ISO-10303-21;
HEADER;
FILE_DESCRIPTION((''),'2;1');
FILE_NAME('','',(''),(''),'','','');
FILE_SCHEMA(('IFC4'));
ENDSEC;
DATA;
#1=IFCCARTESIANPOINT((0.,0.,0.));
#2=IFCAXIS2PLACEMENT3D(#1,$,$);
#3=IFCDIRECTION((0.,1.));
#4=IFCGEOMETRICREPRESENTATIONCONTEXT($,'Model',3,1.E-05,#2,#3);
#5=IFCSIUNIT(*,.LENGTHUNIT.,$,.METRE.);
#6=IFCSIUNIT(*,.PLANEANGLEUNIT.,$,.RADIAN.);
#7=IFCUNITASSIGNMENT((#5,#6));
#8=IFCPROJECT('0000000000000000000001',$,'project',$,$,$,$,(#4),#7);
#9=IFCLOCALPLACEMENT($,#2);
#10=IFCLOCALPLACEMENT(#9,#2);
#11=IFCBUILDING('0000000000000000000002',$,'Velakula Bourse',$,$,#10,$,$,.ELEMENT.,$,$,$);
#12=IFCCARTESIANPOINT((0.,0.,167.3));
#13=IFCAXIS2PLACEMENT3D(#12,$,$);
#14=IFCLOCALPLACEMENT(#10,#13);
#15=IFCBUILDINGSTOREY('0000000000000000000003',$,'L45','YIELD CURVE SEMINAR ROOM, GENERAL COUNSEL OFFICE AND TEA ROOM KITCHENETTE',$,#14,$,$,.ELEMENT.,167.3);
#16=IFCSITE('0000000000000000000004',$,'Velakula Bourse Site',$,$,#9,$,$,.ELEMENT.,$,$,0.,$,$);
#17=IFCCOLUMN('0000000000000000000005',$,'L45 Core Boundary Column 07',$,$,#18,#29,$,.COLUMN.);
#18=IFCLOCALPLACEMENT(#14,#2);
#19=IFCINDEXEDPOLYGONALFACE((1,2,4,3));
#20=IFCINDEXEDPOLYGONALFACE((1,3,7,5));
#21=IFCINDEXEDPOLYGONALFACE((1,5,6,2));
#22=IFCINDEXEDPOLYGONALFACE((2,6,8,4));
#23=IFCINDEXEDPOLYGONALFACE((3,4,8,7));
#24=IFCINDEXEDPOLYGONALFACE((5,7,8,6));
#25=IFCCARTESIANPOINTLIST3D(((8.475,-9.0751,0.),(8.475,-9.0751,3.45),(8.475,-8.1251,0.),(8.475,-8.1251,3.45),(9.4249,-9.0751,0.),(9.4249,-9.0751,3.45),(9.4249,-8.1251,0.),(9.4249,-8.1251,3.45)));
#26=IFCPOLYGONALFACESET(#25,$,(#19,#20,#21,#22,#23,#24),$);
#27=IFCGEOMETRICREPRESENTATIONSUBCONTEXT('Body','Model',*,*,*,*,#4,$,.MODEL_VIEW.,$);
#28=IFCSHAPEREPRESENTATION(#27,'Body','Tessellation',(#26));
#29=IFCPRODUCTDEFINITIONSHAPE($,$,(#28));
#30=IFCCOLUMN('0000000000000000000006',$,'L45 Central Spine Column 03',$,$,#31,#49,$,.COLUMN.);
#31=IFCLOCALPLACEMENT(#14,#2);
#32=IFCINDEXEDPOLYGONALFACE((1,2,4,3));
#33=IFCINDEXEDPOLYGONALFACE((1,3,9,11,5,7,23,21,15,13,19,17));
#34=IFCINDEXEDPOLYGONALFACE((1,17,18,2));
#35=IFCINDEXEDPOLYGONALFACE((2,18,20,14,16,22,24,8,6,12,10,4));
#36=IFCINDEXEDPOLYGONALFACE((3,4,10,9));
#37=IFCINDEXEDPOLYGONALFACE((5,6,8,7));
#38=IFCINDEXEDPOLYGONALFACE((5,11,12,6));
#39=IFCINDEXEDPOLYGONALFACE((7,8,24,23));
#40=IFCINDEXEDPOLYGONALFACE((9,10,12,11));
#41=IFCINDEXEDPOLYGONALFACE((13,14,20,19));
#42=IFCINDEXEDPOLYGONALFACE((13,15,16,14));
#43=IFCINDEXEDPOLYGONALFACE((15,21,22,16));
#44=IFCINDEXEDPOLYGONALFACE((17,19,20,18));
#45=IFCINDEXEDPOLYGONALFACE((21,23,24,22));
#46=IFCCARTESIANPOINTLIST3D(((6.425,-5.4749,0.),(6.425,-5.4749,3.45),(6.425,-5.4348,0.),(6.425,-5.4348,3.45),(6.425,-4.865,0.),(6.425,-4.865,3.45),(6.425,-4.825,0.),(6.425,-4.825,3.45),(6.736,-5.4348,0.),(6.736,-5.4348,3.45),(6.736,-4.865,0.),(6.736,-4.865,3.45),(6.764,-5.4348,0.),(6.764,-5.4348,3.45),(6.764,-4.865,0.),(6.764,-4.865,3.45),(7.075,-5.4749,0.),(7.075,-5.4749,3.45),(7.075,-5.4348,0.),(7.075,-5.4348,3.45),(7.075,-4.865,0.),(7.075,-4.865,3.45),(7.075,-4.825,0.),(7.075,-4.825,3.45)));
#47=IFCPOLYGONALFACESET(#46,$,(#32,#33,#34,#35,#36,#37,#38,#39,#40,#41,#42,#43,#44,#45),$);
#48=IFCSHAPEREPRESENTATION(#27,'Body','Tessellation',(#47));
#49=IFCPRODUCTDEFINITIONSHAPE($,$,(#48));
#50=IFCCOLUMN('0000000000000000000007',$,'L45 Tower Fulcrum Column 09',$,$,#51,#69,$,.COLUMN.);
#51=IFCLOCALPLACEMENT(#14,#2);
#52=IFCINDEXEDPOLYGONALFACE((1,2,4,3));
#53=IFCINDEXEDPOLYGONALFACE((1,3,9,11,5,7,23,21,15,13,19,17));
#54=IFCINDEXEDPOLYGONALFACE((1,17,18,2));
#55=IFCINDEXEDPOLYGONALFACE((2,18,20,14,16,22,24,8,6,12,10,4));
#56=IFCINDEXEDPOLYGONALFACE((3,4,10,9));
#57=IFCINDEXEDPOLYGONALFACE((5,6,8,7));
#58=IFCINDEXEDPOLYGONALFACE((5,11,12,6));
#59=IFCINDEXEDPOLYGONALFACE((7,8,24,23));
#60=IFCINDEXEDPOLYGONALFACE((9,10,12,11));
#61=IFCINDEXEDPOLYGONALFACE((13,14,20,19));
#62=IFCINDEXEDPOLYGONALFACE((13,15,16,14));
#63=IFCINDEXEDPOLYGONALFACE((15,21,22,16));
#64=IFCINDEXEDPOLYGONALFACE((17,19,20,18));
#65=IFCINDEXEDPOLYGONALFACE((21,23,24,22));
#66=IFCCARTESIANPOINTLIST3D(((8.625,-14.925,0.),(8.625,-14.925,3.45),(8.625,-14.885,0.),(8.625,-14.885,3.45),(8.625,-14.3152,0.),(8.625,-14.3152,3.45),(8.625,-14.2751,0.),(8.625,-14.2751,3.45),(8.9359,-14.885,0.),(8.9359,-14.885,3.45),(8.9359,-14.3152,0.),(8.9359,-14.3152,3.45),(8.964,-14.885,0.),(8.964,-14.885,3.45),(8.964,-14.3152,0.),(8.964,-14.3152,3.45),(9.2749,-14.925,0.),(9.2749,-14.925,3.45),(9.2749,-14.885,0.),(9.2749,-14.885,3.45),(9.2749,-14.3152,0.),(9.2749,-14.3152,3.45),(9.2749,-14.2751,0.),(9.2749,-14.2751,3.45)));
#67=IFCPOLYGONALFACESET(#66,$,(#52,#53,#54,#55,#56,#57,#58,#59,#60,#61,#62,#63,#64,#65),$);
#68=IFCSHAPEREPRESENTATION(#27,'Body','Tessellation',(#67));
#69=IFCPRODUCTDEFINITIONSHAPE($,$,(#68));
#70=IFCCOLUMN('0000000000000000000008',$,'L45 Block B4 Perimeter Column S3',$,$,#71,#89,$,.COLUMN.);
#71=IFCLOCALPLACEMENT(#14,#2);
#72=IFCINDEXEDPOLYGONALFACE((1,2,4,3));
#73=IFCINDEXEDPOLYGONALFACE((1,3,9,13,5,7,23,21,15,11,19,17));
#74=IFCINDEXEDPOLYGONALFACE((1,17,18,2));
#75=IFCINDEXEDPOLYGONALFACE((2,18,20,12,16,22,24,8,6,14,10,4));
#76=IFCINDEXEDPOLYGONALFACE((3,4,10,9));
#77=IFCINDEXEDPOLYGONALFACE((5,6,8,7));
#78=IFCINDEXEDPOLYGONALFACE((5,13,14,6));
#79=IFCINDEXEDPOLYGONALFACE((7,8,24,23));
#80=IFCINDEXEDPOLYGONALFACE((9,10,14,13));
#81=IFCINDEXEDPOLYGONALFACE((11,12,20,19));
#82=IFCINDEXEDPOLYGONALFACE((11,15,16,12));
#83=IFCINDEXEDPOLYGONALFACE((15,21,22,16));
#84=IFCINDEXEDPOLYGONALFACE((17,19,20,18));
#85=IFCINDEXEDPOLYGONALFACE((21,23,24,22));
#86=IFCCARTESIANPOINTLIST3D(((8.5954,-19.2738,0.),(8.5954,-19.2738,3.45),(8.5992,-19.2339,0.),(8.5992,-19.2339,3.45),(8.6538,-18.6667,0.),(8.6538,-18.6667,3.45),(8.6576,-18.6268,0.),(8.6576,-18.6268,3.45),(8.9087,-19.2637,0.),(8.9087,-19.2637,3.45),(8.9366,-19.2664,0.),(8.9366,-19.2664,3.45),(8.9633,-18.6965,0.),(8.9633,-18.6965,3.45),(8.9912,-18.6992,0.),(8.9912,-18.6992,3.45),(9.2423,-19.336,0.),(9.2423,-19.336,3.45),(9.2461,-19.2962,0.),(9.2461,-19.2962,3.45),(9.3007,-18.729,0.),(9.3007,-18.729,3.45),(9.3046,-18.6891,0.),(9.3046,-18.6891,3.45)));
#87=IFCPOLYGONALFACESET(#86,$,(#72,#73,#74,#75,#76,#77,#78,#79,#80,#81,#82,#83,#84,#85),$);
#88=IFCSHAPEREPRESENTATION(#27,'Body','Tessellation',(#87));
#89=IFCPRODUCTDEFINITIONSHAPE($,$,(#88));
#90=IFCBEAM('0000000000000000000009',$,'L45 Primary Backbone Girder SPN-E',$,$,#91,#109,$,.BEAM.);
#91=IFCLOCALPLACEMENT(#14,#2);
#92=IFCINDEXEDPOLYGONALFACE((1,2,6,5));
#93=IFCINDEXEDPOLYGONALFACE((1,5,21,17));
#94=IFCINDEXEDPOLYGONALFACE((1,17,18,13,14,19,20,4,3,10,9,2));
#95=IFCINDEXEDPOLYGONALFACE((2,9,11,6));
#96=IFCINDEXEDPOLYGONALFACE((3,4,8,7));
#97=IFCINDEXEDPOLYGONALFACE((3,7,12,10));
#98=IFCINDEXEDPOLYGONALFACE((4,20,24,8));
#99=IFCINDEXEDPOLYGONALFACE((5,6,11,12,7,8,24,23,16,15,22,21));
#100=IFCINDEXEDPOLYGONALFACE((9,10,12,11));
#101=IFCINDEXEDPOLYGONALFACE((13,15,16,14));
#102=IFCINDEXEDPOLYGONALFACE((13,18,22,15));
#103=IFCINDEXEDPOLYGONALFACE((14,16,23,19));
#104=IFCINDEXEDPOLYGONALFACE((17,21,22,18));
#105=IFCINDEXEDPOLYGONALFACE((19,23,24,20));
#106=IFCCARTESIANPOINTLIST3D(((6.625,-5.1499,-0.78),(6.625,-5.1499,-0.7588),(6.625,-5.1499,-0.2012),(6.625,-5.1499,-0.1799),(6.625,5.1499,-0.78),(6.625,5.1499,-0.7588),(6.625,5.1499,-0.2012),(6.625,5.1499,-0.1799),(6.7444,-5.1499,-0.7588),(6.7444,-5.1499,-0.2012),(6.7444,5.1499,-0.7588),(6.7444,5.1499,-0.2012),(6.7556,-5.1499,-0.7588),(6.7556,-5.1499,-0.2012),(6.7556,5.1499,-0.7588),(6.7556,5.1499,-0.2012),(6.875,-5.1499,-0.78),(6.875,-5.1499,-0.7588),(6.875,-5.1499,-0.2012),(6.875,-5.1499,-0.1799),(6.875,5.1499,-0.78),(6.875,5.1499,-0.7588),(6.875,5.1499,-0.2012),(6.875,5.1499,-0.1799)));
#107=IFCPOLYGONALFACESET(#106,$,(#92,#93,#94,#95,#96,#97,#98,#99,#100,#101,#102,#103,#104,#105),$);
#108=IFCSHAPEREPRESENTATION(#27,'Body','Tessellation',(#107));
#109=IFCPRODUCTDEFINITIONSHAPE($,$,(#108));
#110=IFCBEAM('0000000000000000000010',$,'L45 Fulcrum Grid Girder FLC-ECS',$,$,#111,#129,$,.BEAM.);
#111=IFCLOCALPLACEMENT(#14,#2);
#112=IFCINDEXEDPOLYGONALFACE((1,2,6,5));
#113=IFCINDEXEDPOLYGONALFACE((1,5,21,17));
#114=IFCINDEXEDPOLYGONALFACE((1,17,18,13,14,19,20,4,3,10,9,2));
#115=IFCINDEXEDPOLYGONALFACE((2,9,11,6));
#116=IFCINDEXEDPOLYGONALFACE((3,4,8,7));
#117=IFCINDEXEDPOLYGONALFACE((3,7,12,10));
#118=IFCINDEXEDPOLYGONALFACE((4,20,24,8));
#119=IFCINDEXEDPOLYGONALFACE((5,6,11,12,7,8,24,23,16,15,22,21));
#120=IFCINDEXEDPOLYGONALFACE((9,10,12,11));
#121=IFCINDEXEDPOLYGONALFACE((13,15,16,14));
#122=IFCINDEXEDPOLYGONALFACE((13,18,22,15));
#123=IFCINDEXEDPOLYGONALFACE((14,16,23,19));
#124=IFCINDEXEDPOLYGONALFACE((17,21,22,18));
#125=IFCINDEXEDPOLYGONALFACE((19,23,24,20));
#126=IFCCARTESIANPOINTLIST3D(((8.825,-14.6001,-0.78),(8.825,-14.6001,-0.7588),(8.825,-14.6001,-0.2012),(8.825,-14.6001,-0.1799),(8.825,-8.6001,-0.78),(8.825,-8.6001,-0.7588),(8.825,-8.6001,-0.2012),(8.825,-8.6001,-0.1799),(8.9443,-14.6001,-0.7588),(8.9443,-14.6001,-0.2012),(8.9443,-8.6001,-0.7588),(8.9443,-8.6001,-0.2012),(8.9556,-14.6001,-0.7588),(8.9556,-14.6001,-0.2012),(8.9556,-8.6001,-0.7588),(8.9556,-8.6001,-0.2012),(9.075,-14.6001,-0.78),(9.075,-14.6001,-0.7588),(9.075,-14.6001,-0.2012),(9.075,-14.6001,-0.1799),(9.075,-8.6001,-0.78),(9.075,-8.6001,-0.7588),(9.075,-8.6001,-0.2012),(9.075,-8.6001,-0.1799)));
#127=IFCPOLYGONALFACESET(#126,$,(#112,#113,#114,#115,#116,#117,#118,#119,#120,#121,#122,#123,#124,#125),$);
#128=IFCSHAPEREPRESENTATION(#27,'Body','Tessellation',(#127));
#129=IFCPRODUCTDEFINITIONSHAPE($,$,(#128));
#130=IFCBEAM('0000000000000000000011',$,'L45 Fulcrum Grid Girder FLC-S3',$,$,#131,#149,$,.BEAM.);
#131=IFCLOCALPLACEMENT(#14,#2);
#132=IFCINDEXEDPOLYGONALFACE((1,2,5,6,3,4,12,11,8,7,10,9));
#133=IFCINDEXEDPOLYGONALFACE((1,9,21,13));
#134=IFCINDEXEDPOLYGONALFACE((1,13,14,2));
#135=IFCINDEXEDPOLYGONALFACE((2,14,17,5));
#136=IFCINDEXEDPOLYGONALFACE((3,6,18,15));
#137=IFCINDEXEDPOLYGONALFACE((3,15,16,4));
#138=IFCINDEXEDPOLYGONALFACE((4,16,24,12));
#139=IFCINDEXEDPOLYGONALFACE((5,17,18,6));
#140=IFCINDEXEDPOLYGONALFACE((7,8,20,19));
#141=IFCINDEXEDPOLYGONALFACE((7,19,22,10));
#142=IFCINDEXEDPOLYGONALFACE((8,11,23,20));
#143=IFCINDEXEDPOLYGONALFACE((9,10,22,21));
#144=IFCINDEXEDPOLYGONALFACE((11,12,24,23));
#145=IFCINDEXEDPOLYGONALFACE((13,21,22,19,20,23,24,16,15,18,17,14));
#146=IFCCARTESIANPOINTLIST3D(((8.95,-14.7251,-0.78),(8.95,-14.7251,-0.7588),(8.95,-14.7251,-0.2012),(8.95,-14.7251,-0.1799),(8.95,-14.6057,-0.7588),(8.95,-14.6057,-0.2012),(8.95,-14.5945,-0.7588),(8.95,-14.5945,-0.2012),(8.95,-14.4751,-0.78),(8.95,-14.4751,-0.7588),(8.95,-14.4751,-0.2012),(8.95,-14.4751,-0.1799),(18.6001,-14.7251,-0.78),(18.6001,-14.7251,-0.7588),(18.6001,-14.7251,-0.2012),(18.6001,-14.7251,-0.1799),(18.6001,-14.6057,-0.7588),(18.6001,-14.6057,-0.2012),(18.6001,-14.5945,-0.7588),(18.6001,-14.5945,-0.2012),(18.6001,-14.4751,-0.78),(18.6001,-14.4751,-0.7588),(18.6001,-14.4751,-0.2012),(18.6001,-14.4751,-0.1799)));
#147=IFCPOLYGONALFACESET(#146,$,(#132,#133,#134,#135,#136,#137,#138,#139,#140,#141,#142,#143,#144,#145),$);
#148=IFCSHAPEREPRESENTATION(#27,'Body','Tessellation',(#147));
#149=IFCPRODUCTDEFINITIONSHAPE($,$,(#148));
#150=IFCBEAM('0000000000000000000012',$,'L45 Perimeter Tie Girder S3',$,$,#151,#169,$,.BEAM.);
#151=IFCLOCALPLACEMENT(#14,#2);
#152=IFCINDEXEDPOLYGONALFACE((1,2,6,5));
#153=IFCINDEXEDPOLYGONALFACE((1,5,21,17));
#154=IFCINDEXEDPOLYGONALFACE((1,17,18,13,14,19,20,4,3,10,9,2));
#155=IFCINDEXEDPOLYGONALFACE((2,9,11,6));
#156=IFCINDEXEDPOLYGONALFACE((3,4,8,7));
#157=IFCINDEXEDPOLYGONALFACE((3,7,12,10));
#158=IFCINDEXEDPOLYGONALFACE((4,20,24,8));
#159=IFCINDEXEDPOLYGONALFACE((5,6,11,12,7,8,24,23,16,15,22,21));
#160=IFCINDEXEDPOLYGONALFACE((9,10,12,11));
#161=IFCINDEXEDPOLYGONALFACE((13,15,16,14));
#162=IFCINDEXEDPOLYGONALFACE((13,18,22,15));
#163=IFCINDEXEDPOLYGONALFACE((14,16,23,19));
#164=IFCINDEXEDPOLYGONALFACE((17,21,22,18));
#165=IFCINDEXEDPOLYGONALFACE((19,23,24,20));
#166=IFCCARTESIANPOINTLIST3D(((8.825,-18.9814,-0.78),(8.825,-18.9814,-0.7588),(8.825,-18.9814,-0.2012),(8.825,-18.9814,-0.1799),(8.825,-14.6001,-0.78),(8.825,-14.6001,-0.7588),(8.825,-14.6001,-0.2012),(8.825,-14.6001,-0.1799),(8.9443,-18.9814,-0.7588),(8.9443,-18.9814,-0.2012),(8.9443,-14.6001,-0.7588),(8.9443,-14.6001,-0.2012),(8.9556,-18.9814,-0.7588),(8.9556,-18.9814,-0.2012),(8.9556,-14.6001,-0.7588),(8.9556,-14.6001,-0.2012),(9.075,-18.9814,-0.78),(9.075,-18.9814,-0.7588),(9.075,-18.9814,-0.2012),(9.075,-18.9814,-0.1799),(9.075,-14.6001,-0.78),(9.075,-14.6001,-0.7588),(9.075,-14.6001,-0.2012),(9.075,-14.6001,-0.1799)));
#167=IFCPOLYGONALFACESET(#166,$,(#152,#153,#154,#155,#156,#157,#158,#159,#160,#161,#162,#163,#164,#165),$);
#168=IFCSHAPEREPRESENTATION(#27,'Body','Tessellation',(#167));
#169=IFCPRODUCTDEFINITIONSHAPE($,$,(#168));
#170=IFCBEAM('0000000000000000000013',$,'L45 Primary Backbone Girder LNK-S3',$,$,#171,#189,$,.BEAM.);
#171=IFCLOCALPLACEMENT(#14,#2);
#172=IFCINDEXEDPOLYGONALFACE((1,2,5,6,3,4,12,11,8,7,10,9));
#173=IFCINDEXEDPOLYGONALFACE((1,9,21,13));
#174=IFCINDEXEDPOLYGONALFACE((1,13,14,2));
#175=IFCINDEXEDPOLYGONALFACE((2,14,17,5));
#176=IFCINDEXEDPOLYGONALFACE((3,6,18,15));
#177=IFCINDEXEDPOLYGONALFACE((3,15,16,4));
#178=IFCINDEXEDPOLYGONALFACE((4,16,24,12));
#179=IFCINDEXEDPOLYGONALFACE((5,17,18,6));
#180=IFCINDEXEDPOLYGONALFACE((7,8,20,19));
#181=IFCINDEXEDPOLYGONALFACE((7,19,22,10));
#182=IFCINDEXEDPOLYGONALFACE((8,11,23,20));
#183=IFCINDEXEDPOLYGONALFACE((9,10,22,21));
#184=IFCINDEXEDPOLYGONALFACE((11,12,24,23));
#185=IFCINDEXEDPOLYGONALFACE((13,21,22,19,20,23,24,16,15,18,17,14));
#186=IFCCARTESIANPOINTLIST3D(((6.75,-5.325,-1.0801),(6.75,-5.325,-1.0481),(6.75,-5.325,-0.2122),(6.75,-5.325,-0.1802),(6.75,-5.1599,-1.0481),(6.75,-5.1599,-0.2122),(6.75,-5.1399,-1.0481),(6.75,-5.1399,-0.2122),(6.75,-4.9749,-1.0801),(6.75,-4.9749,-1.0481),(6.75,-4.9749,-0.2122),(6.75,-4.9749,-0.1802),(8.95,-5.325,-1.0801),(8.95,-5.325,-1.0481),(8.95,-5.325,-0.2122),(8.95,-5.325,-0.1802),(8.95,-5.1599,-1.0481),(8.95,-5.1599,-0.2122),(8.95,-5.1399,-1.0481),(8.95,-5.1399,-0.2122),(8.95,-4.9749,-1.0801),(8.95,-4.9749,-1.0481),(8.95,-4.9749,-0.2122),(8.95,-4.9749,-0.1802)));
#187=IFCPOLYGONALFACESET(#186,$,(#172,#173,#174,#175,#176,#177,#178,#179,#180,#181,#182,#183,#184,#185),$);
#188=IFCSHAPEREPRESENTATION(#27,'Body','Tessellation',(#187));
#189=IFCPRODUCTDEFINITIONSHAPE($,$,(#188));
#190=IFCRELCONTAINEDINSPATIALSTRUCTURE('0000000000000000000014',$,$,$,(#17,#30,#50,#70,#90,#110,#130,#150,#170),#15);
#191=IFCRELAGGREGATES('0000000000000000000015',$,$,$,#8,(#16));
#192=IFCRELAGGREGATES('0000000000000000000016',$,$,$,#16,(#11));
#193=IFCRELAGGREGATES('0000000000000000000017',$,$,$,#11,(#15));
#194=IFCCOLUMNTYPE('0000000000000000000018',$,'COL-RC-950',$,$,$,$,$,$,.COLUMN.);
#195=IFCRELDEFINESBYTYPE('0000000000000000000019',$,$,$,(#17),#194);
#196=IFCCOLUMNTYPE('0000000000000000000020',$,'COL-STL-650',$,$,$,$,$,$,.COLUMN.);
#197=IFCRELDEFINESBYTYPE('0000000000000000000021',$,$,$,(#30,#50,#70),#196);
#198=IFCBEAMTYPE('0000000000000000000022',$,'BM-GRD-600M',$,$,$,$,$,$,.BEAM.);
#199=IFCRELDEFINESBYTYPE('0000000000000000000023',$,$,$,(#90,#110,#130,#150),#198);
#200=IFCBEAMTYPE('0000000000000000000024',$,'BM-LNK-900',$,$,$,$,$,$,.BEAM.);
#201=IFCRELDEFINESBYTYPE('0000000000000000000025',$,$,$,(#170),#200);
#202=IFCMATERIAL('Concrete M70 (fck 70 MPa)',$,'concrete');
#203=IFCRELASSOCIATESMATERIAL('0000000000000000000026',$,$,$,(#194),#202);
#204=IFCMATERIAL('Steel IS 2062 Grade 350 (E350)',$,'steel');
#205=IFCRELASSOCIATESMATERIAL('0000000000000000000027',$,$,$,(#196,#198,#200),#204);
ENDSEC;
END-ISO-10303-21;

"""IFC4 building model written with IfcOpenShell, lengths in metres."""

from ifc_helpers import new_model, si_unit, direction, frame, origin, origin_2d, place, context, subcontext, project, spatial, rectangle, i_section, extrude, material, material_profile, profile_set, type_object, element, save


model = new_model("IFC4")

# Units and contexts
model_context = context("Model", 3, precision=1e-05, world=origin(), true_north=direction((0.0, 1.0)))
body_context = subcontext(model_context, "Body", "Model", "MODEL_VIEW")
ifc_project = project(units=[si_unit("LENGTHUNIT", "METRE"), si_unit("PLANEANGLEUNIT", "RADIAN")], contexts=[model_context])

# Site, building, storey
site_placement = place(None, origin())
site = spatial("IfcSite", under=ifc_project, at=site_placement, Name="Velakula Bourse Site", CompositionType="ELEMENT", RefElevation=0.0)
building_placement = place(site_placement, origin())
building = spatial("IfcBuilding", under=site, at=building_placement, Name="Velakula Bourse", CompositionType="ELEMENT")
storey_placement = place(building_placement, frame((0.0, 0.0, 167.3)))
storey = spatial("IfcBuildingStorey", under=building, at=storey_placement, Name="L45", Description="YIELD CURVE SEMINAR ROOM, GENERAL COUNSEL OFFICE AND TEA ROOM KITCHENETTE", CompositionType="ELEMENT", Elevation=167.3)

# Columns
ifc_material_1 = material(Name="Concrete M70 (fck 70 MPa)", Category="concrete")
ifc_material_profile_1 = material_profile(ifc_material_1, rectangle(XDim=0.95, YDim=0.95, at=origin_2d()), Name="Concrete M70 (fck 70 MPa)")
ifc_profile_set_1 = profile_set([ifc_material_profile_1], Name="Concrete M70 (fck 70 MPa)")
column_type_1 = type_object("IfcColumnType", Name="COL-RC-950", PredefinedType="COLUMN", material=ifc_profile_set_1)
column_placement = place(storey_placement, frame((8.95, -8.6001, 0.0), z_axis=(0.0, 0.0, 1.0), x_axis=(1.0, 0.0, 0.0)))
element("IfcColumn", 1, at=column_placement, inside=storey, type_object=column_type_1, Name="L45 Core Boundary Column 07", PredefinedType="COLUMN", context=body_context, shape_type="SweptSolid", body=[
    extrude(rectangle(XDim=0.95, YDim=0.95, at=origin_2d()), origin(), (0.0, 0.0, 1.0), 3.45),
])
ifc_material_2 = material(Name="Steel IS 2062 Grade 350 (E350)", Category="steel")
ifc_material_profile_2 = material_profile(ifc_material_2, i_section(OverallWidth=0.6499, OverallDepth=0.6499, WebThickness=0.0281, FlangeThickness=0.04, at=origin_2d()), Name="Steel IS 2062 Grade 350 (E350)")
ifc_profile_set_2 = profile_set([ifc_material_profile_2], Name="Steel IS 2062 Grade 350 (E350)")
column_type_2 = type_object("IfcColumnType", Name="COL-STL-650", PredefinedType="COLUMN", material=ifc_profile_set_2)
for number, where, z_axis, x_axis, name in (
    (2, (6.75, -5.1499, 0.0), (0.0, 0.0, 1.0), (1.0, 0.0, 0.0), "L45 Central Spine Column 03"),
    (3, (8.95, -14.6001, 0.0), (0.0, 0.0, 1.0), (1.0, 0.0, 0.0), "L45 Tower Fulcrum Column 09"),
    (4, (8.95, -18.9814, 0.0), (0.0, 0.0, 1.0), (0.995396, -0.095846, 0.0), "L45 Block B4 Perimeter Column S3"),
):
    element("IfcColumn", number, at=place(storey_placement, frame(where, z_axis=z_axis, x_axis=x_axis)), inside=storey, type_object=column_type_2, Name=name, PredefinedType="COLUMN", context=body_context, shape_type="SweptSolid", body=[
        extrude(i_section(OverallWidth=0.6499, OverallDepth=0.6499, WebThickness=0.0281, FlangeThickness=0.04, at=origin_2d()), origin(), (0.0, 0.0, 1.0), 3.45),
    ])

# Beams
ifc_material_profile_3 = material_profile(ifc_material_2, i_section(OverallWidth=0.25, OverallDepth=0.6001, WebThickness=0.0112, FlangeThickness=0.0212, at=origin_2d()), Name="Steel IS 2062 Grade 350 (E350)")
ifc_profile_set_3 = profile_set([ifc_material_profile_3], Name="Steel IS 2062 Grade 350 (E350)")
beam_type_1 = type_object("IfcBeamType", Name="BM-GRD-600M", PredefinedType="BEAM", material=ifc_profile_set_3)
beam_1_placement = place(storey_placement, frame((6.75, -5.1499, -0.48), z_axis=(0.0, 1.0, 0.0), x_axis=(-1.0, 0.0, 0.0)))
element("IfcBeam", 5, at=beam_1_placement, inside=storey, type_object=beam_type_1, Name="L45 Primary Backbone Girder SPN-E", PredefinedType="BEAM", context=body_context, shape_type="SweptSolid", body=[
    extrude(i_section(OverallWidth=0.25, OverallDepth=0.6001, WebThickness=0.0112, FlangeThickness=0.0212, at=origin_2d()), origin(), (0.0, 0.0, 1.0), 10.2998),
])
beam_2_placement = place(storey_placement, frame((8.95, -14.6001, -0.48), z_axis=(0.0, 1.0, 0.0), x_axis=(-1.0, 0.0, 0.0)))
element("IfcBeam", 6, at=beam_2_placement, inside=storey, type_object=beam_type_1, Name="L45 Fulcrum Grid Girder FLC-ECS", PredefinedType="BEAM", context=body_context, shape_type="SweptSolid", body=[
    extrude(i_section(OverallWidth=0.25, OverallDepth=0.6001, WebThickness=0.0112, FlangeThickness=0.0212, at=origin_2d()), origin(), (0.0, 0.0, 1.0), 6.0),
])
beam_3_placement = place(storey_placement, frame((8.95, -14.6001, -0.48), z_axis=(1.0, 0.0, 0.0), x_axis=(0.0, 1.0, 0.0)))
element("IfcBeam", 7, at=beam_3_placement, inside=storey, type_object=beam_type_1, Name="L45 Fulcrum Grid Girder FLC-S3", PredefinedType="BEAM", context=body_context, shape_type="SweptSolid", body=[
    extrude(i_section(OverallWidth=0.25, OverallDepth=0.6001, WebThickness=0.0112, FlangeThickness=0.0212, at=origin_2d()), origin(), (0.0, 0.0, 1.0), 9.6501),
])
beam_4_placement = place(storey_placement, frame((8.95, -14.6001, -0.48), z_axis=(0.0, -1.0, 0.0), x_axis=(1.0, 0.0, 0.0)))
element("IfcBeam", 8, at=beam_4_placement, inside=storey, type_object=beam_type_1, Name="L45 Perimeter Tie Girder S3", PredefinedType="BEAM", context=body_context, shape_type="SweptSolid", body=[
    extrude(i_section(OverallWidth=0.25, OverallDepth=0.6001, WebThickness=0.0112, FlangeThickness=0.0212, at=origin_2d()), origin(), (0.0, 0.0, 1.0), 4.3813),
])
ifc_material_profile_4 = material_profile(ifc_material_2, i_section(OverallWidth=0.3501, OverallDepth=0.8999, WebThickness=0.02, FlangeThickness=0.032, at=origin_2d()), Name="Steel IS 2062 Grade 350 (E350)")
ifc_profile_set_4 = profile_set([ifc_material_profile_4], Name="Steel IS 2062 Grade 350 (E350)")
beam_type_2 = type_object("IfcBeamType", Name="BM-LNK-900", PredefinedType="BEAM", material=ifc_profile_set_4)
beam_5_placement = place(storey_placement, frame((6.75, -5.1499, -0.6301), z_axis=(1.0, 0.0, 0.0), x_axis=(0.0, 1.0, 0.0)))
element("IfcBeam", 9, at=beam_5_placement, inside=storey, type_object=beam_type_2, Name="L45 Primary Backbone Girder LNK-S3", PredefinedType="BEAM", context=body_context, shape_type="SweptSolid", body=[
    extrude(i_section(OverallWidth=0.3501, OverallDepth=0.8999, WebThickness=0.02, FlangeThickness=0.032, at=origin_2d()), origin(), (0.0, 0.0, 1.0), 2.2),
])

save(model, "model.ifc")
